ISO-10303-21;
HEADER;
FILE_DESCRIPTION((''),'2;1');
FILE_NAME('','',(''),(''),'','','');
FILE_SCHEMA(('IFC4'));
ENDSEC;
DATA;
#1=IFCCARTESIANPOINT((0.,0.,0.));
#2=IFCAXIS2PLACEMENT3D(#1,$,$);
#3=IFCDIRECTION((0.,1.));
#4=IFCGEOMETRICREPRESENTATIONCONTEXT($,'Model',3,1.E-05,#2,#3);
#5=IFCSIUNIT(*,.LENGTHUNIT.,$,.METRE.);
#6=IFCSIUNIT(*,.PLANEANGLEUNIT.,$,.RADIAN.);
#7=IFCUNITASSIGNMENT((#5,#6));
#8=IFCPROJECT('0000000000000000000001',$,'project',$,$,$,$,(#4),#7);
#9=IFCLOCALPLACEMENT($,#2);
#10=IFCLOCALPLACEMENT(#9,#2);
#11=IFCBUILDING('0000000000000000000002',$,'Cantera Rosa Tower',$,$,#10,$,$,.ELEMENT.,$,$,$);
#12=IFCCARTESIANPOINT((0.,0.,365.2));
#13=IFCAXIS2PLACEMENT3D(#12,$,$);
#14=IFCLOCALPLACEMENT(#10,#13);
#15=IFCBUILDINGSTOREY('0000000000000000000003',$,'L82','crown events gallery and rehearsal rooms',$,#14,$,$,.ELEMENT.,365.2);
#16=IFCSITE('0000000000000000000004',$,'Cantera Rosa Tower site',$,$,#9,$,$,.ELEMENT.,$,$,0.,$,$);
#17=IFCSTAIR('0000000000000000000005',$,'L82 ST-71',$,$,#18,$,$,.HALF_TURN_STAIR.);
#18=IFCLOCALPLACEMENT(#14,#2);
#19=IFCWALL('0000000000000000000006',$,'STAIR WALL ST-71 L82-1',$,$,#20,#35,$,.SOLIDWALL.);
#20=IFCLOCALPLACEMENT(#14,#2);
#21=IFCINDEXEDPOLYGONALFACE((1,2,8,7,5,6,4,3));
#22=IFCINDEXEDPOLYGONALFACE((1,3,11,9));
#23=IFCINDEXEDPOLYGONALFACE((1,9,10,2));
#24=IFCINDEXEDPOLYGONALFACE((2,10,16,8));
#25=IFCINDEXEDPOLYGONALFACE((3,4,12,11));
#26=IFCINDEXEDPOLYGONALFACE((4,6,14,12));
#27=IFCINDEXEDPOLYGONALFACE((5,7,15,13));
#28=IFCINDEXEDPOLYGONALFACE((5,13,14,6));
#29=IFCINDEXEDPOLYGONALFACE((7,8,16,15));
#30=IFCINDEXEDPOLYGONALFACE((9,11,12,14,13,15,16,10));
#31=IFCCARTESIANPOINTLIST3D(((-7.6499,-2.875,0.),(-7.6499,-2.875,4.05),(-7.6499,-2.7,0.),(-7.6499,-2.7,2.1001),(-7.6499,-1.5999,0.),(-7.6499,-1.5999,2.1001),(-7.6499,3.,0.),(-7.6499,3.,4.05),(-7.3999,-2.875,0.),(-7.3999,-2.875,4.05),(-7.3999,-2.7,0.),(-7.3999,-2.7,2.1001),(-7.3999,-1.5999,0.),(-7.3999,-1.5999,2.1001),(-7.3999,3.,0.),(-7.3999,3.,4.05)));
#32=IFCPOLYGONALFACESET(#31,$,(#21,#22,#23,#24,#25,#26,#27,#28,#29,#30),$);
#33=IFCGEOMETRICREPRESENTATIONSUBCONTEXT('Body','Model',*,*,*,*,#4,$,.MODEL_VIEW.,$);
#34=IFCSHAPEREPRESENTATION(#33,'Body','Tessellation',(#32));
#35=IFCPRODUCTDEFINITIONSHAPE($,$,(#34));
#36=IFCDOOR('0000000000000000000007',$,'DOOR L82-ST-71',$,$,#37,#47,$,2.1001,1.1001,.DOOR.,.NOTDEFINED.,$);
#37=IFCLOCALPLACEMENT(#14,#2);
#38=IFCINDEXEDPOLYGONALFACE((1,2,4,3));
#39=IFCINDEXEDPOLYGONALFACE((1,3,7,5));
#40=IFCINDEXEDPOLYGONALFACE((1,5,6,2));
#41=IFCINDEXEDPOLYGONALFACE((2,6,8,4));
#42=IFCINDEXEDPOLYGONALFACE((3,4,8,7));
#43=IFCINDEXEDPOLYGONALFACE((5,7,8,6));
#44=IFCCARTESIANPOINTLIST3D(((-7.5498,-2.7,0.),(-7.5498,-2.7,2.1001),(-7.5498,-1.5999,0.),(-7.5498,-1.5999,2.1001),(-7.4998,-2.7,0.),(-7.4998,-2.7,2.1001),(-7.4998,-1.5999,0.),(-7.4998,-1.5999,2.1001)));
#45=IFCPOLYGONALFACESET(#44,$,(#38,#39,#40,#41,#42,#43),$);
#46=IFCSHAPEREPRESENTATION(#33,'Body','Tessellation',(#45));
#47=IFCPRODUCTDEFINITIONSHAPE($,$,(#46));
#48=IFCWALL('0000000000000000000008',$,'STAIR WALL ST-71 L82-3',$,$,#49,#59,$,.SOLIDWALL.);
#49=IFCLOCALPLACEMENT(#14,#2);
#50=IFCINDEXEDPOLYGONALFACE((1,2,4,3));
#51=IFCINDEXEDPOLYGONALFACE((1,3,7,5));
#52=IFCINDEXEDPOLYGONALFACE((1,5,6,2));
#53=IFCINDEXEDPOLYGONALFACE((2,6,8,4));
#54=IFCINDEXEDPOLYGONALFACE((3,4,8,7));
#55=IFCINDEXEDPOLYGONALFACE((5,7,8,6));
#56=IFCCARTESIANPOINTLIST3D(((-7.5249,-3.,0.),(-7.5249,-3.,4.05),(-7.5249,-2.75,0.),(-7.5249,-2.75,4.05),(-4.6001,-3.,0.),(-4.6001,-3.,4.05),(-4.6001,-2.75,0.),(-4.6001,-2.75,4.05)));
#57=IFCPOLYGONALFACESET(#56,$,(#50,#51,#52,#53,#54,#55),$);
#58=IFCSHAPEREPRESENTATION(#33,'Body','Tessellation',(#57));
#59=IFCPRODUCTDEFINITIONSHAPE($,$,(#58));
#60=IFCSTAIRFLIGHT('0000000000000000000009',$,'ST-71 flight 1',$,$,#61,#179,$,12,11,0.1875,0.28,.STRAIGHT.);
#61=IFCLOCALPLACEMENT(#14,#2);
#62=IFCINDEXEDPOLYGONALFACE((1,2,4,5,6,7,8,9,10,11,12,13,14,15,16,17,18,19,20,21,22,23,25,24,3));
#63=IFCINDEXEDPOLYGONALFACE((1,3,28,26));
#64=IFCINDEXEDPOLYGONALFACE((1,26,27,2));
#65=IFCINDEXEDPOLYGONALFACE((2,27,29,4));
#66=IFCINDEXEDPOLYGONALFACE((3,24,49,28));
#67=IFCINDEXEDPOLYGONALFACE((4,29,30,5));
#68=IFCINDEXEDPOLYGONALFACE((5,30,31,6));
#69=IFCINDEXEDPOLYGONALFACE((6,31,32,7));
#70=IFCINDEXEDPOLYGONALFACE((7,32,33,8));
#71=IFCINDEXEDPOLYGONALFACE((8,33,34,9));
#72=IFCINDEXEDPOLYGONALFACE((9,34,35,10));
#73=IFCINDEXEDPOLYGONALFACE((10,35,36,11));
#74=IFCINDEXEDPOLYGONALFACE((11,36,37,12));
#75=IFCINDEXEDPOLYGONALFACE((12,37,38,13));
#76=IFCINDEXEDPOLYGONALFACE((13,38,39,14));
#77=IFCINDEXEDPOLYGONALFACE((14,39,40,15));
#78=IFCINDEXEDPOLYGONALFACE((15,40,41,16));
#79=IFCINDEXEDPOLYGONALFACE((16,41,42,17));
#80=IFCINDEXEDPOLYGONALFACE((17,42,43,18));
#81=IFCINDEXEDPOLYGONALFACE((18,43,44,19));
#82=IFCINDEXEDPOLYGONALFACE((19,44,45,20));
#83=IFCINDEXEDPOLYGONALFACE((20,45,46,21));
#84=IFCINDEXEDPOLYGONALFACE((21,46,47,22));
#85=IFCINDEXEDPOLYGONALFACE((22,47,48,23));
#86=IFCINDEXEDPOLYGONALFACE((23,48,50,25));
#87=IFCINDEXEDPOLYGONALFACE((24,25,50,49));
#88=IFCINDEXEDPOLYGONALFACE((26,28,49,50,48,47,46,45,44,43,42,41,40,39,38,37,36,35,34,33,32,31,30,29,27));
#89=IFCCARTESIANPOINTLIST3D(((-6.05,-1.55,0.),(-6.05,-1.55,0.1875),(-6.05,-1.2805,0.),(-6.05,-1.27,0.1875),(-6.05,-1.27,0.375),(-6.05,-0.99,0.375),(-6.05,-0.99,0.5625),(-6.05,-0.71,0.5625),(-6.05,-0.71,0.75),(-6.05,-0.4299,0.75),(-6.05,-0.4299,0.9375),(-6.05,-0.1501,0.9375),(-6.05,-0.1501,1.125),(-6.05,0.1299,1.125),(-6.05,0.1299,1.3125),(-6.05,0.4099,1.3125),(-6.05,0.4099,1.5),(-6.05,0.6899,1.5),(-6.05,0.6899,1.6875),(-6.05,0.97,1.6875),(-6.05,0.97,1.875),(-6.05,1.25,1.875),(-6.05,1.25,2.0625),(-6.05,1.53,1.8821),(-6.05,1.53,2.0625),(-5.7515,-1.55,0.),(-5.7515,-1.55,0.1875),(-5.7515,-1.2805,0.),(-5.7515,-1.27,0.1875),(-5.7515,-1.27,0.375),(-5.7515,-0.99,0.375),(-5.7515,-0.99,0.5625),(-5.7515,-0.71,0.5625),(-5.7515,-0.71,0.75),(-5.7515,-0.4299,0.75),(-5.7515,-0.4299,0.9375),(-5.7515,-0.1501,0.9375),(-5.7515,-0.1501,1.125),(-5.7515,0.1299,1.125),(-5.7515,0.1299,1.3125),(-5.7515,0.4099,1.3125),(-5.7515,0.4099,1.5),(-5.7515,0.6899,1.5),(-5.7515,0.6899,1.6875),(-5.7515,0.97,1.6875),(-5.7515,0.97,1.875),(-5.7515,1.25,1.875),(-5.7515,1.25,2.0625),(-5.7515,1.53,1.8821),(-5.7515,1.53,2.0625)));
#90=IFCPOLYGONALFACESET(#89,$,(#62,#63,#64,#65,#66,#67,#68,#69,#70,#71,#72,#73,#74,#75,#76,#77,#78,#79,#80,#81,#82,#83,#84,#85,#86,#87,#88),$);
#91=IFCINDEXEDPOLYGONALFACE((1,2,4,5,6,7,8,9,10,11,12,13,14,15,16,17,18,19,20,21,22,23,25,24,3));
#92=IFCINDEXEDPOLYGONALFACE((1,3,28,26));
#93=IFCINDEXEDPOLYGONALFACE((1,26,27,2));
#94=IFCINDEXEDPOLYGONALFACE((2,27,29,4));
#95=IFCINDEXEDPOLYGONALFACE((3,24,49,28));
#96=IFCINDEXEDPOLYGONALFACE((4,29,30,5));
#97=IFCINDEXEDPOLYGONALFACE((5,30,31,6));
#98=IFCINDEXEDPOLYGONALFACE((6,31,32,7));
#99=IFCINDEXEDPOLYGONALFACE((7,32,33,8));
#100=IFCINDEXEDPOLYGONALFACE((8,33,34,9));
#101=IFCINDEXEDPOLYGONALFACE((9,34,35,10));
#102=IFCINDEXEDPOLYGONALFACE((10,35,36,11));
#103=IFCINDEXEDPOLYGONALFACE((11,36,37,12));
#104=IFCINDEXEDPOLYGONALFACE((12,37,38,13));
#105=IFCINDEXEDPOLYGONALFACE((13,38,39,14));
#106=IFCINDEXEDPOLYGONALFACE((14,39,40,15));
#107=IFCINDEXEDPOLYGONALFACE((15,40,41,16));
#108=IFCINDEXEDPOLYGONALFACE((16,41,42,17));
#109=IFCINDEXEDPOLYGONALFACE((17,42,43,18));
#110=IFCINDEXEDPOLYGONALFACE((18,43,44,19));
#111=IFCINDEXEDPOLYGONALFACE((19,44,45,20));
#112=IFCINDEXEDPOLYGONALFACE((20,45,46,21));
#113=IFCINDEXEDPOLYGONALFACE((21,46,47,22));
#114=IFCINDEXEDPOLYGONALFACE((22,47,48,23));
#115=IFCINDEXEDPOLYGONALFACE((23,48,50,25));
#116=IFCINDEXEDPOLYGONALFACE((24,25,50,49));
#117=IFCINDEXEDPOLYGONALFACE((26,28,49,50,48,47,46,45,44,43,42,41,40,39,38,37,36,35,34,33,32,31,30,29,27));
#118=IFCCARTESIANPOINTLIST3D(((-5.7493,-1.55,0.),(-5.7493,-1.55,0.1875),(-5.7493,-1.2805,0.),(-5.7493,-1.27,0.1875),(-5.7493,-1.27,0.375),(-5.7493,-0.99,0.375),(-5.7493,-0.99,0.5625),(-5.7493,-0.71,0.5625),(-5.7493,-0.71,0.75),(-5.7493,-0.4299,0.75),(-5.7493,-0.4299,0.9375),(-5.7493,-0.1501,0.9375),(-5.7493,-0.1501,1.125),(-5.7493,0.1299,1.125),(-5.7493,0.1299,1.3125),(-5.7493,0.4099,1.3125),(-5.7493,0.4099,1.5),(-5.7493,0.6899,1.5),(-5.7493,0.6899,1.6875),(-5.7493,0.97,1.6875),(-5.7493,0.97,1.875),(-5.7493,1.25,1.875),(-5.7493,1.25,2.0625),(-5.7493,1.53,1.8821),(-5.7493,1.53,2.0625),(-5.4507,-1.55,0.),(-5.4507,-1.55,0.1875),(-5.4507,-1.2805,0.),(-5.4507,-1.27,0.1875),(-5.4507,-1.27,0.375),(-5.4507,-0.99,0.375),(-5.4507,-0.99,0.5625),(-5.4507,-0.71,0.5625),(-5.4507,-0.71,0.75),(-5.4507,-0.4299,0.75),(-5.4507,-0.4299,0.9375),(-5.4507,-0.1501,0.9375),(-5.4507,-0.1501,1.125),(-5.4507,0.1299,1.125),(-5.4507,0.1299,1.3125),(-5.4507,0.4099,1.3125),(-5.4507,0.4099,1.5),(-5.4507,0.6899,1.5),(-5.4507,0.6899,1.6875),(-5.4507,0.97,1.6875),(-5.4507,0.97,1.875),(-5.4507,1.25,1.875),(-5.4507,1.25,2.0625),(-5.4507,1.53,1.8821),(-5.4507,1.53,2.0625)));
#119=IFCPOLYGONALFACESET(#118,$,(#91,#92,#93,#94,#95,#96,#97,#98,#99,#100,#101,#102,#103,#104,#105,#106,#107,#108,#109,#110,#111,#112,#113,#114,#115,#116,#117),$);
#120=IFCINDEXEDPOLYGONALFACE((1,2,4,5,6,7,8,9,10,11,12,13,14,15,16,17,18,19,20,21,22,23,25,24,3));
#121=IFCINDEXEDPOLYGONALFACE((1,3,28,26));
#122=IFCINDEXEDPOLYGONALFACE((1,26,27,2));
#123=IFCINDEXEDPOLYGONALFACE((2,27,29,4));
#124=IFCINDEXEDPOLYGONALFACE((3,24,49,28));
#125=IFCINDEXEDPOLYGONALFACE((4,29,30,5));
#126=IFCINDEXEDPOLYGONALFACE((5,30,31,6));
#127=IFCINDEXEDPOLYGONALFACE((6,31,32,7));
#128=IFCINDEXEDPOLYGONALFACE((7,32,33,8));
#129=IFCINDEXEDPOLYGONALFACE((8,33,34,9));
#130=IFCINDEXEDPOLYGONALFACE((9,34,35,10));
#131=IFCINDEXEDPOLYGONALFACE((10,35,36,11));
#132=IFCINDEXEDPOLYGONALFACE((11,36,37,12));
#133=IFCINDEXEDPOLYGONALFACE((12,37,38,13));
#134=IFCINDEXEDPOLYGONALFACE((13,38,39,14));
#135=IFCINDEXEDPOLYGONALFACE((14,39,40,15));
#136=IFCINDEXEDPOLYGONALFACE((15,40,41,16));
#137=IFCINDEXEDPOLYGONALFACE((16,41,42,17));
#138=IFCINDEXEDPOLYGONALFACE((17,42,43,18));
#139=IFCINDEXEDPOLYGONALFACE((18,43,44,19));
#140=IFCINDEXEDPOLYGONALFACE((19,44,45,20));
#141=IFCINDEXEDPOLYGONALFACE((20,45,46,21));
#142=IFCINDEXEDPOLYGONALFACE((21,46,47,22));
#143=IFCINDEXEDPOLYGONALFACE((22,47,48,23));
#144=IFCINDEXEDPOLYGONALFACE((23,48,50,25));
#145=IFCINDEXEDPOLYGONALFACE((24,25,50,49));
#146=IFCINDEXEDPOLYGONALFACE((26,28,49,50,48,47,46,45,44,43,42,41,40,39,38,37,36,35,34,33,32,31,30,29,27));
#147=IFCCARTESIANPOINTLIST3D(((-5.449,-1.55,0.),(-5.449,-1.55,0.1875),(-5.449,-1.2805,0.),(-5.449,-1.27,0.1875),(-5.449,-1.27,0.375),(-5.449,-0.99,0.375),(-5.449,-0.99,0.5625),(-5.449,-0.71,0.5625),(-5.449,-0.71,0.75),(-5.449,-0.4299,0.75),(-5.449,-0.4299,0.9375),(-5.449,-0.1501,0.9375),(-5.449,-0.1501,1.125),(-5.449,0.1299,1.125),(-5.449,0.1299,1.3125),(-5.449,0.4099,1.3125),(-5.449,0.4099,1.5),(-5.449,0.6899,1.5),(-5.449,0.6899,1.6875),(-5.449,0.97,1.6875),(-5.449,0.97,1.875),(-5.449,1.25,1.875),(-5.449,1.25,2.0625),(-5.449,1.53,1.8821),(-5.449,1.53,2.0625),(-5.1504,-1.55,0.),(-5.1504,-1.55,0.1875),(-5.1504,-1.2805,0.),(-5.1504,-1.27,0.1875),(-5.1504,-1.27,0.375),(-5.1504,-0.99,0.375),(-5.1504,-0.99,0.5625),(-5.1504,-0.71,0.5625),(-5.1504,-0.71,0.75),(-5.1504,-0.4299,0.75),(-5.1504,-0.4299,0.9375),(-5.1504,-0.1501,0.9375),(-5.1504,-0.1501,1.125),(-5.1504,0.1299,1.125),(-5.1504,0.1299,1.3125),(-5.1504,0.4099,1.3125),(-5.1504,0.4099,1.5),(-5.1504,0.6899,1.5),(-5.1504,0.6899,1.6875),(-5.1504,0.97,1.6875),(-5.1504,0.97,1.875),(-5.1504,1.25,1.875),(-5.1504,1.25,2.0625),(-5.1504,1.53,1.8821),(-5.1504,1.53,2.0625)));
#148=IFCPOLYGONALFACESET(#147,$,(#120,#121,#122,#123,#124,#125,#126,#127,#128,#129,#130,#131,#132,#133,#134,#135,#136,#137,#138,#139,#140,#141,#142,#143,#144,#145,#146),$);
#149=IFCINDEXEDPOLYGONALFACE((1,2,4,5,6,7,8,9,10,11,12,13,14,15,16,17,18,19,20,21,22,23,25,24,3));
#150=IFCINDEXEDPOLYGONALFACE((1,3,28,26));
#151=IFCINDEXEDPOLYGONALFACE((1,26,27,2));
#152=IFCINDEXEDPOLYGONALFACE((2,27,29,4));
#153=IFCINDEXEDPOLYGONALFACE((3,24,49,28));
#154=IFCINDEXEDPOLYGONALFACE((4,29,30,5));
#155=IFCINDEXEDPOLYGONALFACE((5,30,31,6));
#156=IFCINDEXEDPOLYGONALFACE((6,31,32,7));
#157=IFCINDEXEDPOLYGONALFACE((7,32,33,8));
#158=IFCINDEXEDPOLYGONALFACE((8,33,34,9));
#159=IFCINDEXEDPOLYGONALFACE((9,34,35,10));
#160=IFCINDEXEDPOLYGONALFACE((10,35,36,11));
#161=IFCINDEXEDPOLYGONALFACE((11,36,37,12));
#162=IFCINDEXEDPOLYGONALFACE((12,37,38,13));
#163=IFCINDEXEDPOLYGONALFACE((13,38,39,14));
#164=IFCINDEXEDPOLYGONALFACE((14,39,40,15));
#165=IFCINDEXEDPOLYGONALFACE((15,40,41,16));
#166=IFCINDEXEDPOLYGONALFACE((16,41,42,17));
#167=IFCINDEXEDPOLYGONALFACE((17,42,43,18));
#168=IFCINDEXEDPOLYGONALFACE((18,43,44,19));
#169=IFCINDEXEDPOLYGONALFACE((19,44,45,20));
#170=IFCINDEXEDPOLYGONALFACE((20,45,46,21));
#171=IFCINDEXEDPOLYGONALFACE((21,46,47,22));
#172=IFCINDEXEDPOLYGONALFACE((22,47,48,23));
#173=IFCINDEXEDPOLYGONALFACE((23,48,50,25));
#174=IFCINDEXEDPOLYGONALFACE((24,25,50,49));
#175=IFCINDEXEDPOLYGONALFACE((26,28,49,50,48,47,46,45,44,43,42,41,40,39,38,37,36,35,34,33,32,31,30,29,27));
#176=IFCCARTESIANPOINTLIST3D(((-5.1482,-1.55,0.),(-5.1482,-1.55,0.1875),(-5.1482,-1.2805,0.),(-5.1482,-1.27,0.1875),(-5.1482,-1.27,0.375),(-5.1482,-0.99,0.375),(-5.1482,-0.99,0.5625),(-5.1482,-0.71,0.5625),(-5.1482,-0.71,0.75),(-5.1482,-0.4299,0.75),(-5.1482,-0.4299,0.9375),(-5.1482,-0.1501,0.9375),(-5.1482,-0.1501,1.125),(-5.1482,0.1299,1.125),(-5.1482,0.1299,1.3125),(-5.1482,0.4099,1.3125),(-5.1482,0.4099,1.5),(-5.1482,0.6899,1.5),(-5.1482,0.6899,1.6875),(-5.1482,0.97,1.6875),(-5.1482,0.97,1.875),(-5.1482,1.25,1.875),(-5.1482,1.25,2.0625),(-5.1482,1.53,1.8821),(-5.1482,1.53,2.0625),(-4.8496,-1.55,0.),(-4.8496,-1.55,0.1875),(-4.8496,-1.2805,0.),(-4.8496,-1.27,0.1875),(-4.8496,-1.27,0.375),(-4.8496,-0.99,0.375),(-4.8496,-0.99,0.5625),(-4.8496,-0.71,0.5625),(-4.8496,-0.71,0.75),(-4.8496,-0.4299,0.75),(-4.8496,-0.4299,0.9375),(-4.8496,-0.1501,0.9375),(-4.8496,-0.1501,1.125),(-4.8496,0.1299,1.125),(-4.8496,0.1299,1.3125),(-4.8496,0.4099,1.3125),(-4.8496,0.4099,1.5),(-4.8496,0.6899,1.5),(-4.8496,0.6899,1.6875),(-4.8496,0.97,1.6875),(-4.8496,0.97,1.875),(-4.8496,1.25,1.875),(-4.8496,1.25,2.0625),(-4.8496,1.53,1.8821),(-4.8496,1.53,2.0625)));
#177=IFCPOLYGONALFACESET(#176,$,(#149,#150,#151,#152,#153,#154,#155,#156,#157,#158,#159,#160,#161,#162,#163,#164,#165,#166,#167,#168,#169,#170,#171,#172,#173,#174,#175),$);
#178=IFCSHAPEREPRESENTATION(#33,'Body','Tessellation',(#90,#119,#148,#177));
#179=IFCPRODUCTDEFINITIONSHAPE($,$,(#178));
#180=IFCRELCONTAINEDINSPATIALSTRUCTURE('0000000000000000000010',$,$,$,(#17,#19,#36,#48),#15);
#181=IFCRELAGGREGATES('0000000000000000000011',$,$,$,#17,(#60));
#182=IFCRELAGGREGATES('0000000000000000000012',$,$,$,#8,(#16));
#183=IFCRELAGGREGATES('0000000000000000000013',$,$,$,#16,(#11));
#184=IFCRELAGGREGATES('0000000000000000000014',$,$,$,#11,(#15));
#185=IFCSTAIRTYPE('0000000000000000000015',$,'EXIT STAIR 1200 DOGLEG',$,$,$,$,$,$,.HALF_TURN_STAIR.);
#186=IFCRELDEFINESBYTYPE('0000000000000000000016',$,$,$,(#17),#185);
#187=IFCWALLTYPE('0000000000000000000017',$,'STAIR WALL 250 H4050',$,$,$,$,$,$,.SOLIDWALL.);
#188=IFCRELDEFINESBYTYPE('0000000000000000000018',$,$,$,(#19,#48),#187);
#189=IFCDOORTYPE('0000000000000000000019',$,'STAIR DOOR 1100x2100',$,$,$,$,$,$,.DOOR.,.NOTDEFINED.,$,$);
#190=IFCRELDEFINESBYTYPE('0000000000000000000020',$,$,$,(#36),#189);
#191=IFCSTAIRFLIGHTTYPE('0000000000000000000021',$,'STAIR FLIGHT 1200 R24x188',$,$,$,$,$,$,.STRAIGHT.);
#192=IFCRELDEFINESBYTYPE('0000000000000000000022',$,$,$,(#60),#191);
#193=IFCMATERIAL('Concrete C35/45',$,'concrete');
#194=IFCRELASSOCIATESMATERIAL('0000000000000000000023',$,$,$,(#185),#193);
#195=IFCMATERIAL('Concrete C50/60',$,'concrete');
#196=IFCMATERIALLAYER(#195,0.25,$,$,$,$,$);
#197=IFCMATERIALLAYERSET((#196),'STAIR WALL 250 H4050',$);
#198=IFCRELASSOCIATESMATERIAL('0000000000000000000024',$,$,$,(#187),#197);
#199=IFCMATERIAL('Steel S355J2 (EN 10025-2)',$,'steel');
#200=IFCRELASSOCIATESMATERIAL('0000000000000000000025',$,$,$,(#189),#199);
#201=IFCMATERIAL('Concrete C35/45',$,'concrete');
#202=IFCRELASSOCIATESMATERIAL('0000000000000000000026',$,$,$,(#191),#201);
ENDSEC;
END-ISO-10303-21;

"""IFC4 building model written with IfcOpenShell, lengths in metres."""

from ifc_helpers import new_model, si_unit, direction, frame, frame_2d, origin, place, context, subcontext, project, spatial, polyline, rectangle, outline, extrude, material, layer, layer_set, type_object, element, fill, aggregate, save


model = new_model("IFC4")

# Units and contexts
model_context = context("Model", 3, precision=1e-05, world=origin(), true_north=direction((0.0, 1.0)))
body_context = subcontext(model_context, "Body", "Model", "MODEL_VIEW")
ifc_project = project(units=[si_unit("LENGTHUNIT", "METRE"), si_unit("PLANEANGLEUNIT", "RADIAN")], contexts=[model_context])

# Site, building, storey
site_placement = place(None, origin())
site = spatial("IfcSite", under=ifc_project, at=site_placement, Name="Cantera Rosa Tower site", CompositionType="ELEMENT", RefElevation=0.0)
building_placement = place(site_placement, origin())
building = spatial("IfcBuilding", under=site, at=building_placement, Name="Cantera Rosa Tower", CompositionType="ELEMENT")
storey_placement = place(building_placement, frame((0.0, 0.0, 365.2)))
storey = spatial("IfcBuildingStorey", under=building, at=storey_placement, Name="L82", Description="crown events gallery and rehearsal rooms", CompositionType="ELEMENT", Elevation=365.2)

# Stair
ifc_material_1 = material(Name="Concrete C35/45", Category="concrete")
stair_type = type_object("IfcStairType", Name="EXIT STAIR 1200 DOGLEG", PredefinedType="HALF_TURN_STAIR", material=ifc_material_1)
stair_placement = place(storey_placement, origin())
stair = element("IfcStair", 1, at=stair_placement, inside=storey, type_object=stair_type, Name="L82 ST-71", PredefinedType="HALF_TURN_STAIR")

# Wall, opening, door
ifc_material_2 = material(Name="Concrete C50/60", Category="concrete")
ifc_layer_1 = layer(ifc_material_2, 0.25)
ifc_layer_set_1 = layer_set([ifc_layer_1], Name="STAIR WALL 250 H4050")
wall_type_1 = type_object("IfcWallType", Name="STAIR WALL 250 H4050", PredefinedType="SOLIDWALL", material=ifc_layer_set_1)
wall_1_placement = place(storey_placement, frame((-7.5249, -2.875, 0.0), z_axis=(0.0, 0.0, 1.0), x_axis=(0.0, 1.0, 0.0)))
wall_1 = element("IfcWall", 2, at=wall_1_placement, inside=storey, type_object=wall_type_1, Name="STAIR WALL ST-71 L82-1", PredefinedType="SOLIDWALL", context=body_context, shape_type="SweptSolid", body=[
    extrude(rectangle(XDim=5.875, YDim=0.25, at=frame_2d((2.9375, 0.0))), origin(), (0.0, 0.0, 1.0), 4.05),
])
opening_1_placement = place(wall_1_placement, frame((0.175, 0.0, 0.0)))
opening_1 = element("IfcOpeningElement", 3, at=opening_1_placement, cuts=wall_1, PredefinedType="OPENING", context=body_context, shape_type="SweptSolid", body=[
    extrude(rectangle(XDim=1.1001, YDim=2.1001, at=frame_2d((0.55, 1.05))), frame((0.0, 0.135, 0.0), z_axis=(0.0, -1.0, 0.0), x_axis=(1.0, 0.0, 0.0)), (0.0, 0.0, 1.0), 0.27),
])
ifc_material_3 = material(Name="Steel S355J2 (EN 10025-2)", Category="steel")
door_type_1 = type_object("IfcDoorType", Name="STAIR DOOR 1100x2100", OperationType="NOTDEFINED", PredefinedType="DOOR", material=ifc_material_3)
door_1_placement = place(opening_1_placement, origin())
door_1 = element("IfcDoor", 4, at=door_1_placement, inside=storey, type_object=door_type_1, Name="DOOR L82-ST-71", OperationType="NOTDEFINED", OverallHeight=2.1001, OverallWidth=1.1001, PredefinedType="DOOR", context=body_context, shape_type="SweptSolid", body=[
    extrude(rectangle(XDim=1.1001, YDim=2.1001, at=frame_2d((0.55, 1.05))), frame((0.0, 0.0249, 0.0), z_axis=(0.0, -1.0, 0.0), x_axis=(1.0, 0.0, 0.0)), (0.0, 0.0, 1.0), 0.05),
])
fill(opening_1, door_1)

# Wall
wall_2_placement = place(storey_placement, frame((-4.6001, -2.875, 0.0), z_axis=(0.0, 0.0, 1.0), x_axis=(-1.0, 0.0, 0.0)))
element("IfcWall", 5, at=wall_2_placement, inside=storey, type_object=wall_type_1, Name="STAIR WALL ST-71 L82-3", PredefinedType="SOLIDWALL", context=body_context, shape_type="SweptSolid", body=[
    extrude(rectangle(XDim=2.9248, YDim=0.25, at=frame_2d((1.4624, 0.0))), origin(), (0.0, 0.0, 1.0), 4.05),
])

# Stair flight
ifc_material_4 = material(Name="Concrete C35/45", Category="concrete")
stair_flight_type = type_object("IfcStairFlightType", Name="STAIR FLIGHT 1200 R24x188", PredefinedType="STRAIGHT", material=ifc_material_4)
stair_flight_placement = place(storey_placement, frame((-5.45, -1.55, 0.0), z_axis=(0.0, 0.0, 1.0), x_axis=(0.0, 1.0, 0.0)))
stair_flight = element("IfcStairFlight", 6, at=stair_flight_placement, type_object=stair_flight_type, Name="ST-71 flight 1", NumberOfRisers=12, NumberOfTreads=11, PredefinedType="STRAIGHT", RiserHeight=0.1875, TreadLength=0.28, context=body_context, shape_type="SweptSolid", body=[
    extrude(outline(polyline([(0.0, 0.0), (0.0, 0.1875), (0.28, 0.1875), (0.28, 0.375), (0.5601, 0.375), (0.5601, 0.5625), (0.8401, 0.5625), (0.8401, 0.75), (1.1201, 0.75), (1.1201, 0.9375), (1.3999, 0.9375), (1.3999, 1.125), (1.6799, 1.125), (1.6799, 1.3125), (1.96, 1.3125), (1.96, 1.5), (2.24, 1.5), (2.24, 1.6875), (2.52, 1.6875), (2.52, 1.875), (2.8, 1.875), (2.8, 2.0625), (3.0801, 2.0625), (3.0801, 2.25), (3.0801, 1.8821), (0.2695, 0.0), (0.0, 0.0)])), frame((0.0, 0.6001, 0.0), z_axis=(0.0, -1.0, 0.0), x_axis=(1.0, 0.0, 0.0)), (0.0, 0.0, 1.0), 0.2986),
    extrude(outline(polyline([(0.0, 0.0), (0.0, 0.1875), (0.28, 0.1875), (0.28, 0.375), (0.5601, 0.375), (0.5601, 0.5625), (0.8401, 0.5625), (0.8401, 0.75), (1.1201, 0.75), (1.1201, 0.9375), (1.3999, 0.9375), (1.3999, 1.125), (1.6799, 1.125), (1.6799, 1.3125), (1.96, 1.3125), (1.96, 1.5), (2.24, 1.5), (2.24, 1.6875), (2.52, 1.6875), (2.52, 1.875), (2.8, 1.875), (2.8, 2.0625), (3.0801, 2.0625), (3.0801, 2.25), (3.0801, 1.8821), (0.2695, 0.0), (0.0, 0.0)])), frame((0.0, 0.2993, 0.0), z_axis=(0.0, -1.0, 0.0), x_axis=(1.0, 0.0, 0.0)), (0.0, 0.0, 1.0), 0.2986),
    extrude(outline(polyline([(0.0, 0.0), (0.0, 0.1875), (0.28, 0.1875), (0.28, 0.375), (0.5601, 0.375), (0.5601, 0.5625), (0.8401, 0.5625), (0.8401, 0.75), (1.1201, 0.75), (1.1201, 0.9375), (1.3999, 0.9375), (1.3999, 1.125), (1.6799, 1.125), (1.6799, 1.3125), (1.96, 1.3125), (1.96, 1.5), (2.24, 1.5), (2.24, 1.6875), (2.52, 1.6875), (2.52, 1.875), (2.8, 1.875), (2.8, 2.0625), (3.0801, 2.0625), (3.0801, 2.25), (3.0801, 1.8821), (0.2695, 0.0), (0.0, 0.0)])), frame((0.0, -0.001, 0.0), z_axis=(0.0, -1.0, 0.0), x_axis=(1.0, 0.0, 0.0)), (0.0, 0.0, 1.0), 0.2986),
    extrude(outline(polyline([(0.0, 0.0), (0.0, 0.1875), (0.28, 0.1875), (0.28, 0.375), (0.5601, 0.375), (0.5601, 0.5625), (0.8401, 0.5625), (0.8401, 0.75), (1.1201, 0.75), (1.1201, 0.9375), (1.3999, 0.9375), (1.3999, 1.125), (1.6799, 1.125), (1.6799, 1.3125), (1.96, 1.3125), (1.96, 1.5), (2.24, 1.5), (2.24, 1.6875), (2.52, 1.6875), (2.52, 1.875), (2.8, 1.875), (2.8, 2.0625), (3.0801, 2.0625), (3.0801, 2.25), (3.0801, 1.8821), (0.2695, 0.0), (0.0, 0.0)])), frame((0.0, -0.3018, 0.0), z_axis=(0.0, -1.0, 0.0), x_axis=(1.0, 0.0, 0.0)), (0.0, 0.0, 1.0), 0.2986),
])
aggregate(stair, [stair_flight])

save(model, "model.ifc")
